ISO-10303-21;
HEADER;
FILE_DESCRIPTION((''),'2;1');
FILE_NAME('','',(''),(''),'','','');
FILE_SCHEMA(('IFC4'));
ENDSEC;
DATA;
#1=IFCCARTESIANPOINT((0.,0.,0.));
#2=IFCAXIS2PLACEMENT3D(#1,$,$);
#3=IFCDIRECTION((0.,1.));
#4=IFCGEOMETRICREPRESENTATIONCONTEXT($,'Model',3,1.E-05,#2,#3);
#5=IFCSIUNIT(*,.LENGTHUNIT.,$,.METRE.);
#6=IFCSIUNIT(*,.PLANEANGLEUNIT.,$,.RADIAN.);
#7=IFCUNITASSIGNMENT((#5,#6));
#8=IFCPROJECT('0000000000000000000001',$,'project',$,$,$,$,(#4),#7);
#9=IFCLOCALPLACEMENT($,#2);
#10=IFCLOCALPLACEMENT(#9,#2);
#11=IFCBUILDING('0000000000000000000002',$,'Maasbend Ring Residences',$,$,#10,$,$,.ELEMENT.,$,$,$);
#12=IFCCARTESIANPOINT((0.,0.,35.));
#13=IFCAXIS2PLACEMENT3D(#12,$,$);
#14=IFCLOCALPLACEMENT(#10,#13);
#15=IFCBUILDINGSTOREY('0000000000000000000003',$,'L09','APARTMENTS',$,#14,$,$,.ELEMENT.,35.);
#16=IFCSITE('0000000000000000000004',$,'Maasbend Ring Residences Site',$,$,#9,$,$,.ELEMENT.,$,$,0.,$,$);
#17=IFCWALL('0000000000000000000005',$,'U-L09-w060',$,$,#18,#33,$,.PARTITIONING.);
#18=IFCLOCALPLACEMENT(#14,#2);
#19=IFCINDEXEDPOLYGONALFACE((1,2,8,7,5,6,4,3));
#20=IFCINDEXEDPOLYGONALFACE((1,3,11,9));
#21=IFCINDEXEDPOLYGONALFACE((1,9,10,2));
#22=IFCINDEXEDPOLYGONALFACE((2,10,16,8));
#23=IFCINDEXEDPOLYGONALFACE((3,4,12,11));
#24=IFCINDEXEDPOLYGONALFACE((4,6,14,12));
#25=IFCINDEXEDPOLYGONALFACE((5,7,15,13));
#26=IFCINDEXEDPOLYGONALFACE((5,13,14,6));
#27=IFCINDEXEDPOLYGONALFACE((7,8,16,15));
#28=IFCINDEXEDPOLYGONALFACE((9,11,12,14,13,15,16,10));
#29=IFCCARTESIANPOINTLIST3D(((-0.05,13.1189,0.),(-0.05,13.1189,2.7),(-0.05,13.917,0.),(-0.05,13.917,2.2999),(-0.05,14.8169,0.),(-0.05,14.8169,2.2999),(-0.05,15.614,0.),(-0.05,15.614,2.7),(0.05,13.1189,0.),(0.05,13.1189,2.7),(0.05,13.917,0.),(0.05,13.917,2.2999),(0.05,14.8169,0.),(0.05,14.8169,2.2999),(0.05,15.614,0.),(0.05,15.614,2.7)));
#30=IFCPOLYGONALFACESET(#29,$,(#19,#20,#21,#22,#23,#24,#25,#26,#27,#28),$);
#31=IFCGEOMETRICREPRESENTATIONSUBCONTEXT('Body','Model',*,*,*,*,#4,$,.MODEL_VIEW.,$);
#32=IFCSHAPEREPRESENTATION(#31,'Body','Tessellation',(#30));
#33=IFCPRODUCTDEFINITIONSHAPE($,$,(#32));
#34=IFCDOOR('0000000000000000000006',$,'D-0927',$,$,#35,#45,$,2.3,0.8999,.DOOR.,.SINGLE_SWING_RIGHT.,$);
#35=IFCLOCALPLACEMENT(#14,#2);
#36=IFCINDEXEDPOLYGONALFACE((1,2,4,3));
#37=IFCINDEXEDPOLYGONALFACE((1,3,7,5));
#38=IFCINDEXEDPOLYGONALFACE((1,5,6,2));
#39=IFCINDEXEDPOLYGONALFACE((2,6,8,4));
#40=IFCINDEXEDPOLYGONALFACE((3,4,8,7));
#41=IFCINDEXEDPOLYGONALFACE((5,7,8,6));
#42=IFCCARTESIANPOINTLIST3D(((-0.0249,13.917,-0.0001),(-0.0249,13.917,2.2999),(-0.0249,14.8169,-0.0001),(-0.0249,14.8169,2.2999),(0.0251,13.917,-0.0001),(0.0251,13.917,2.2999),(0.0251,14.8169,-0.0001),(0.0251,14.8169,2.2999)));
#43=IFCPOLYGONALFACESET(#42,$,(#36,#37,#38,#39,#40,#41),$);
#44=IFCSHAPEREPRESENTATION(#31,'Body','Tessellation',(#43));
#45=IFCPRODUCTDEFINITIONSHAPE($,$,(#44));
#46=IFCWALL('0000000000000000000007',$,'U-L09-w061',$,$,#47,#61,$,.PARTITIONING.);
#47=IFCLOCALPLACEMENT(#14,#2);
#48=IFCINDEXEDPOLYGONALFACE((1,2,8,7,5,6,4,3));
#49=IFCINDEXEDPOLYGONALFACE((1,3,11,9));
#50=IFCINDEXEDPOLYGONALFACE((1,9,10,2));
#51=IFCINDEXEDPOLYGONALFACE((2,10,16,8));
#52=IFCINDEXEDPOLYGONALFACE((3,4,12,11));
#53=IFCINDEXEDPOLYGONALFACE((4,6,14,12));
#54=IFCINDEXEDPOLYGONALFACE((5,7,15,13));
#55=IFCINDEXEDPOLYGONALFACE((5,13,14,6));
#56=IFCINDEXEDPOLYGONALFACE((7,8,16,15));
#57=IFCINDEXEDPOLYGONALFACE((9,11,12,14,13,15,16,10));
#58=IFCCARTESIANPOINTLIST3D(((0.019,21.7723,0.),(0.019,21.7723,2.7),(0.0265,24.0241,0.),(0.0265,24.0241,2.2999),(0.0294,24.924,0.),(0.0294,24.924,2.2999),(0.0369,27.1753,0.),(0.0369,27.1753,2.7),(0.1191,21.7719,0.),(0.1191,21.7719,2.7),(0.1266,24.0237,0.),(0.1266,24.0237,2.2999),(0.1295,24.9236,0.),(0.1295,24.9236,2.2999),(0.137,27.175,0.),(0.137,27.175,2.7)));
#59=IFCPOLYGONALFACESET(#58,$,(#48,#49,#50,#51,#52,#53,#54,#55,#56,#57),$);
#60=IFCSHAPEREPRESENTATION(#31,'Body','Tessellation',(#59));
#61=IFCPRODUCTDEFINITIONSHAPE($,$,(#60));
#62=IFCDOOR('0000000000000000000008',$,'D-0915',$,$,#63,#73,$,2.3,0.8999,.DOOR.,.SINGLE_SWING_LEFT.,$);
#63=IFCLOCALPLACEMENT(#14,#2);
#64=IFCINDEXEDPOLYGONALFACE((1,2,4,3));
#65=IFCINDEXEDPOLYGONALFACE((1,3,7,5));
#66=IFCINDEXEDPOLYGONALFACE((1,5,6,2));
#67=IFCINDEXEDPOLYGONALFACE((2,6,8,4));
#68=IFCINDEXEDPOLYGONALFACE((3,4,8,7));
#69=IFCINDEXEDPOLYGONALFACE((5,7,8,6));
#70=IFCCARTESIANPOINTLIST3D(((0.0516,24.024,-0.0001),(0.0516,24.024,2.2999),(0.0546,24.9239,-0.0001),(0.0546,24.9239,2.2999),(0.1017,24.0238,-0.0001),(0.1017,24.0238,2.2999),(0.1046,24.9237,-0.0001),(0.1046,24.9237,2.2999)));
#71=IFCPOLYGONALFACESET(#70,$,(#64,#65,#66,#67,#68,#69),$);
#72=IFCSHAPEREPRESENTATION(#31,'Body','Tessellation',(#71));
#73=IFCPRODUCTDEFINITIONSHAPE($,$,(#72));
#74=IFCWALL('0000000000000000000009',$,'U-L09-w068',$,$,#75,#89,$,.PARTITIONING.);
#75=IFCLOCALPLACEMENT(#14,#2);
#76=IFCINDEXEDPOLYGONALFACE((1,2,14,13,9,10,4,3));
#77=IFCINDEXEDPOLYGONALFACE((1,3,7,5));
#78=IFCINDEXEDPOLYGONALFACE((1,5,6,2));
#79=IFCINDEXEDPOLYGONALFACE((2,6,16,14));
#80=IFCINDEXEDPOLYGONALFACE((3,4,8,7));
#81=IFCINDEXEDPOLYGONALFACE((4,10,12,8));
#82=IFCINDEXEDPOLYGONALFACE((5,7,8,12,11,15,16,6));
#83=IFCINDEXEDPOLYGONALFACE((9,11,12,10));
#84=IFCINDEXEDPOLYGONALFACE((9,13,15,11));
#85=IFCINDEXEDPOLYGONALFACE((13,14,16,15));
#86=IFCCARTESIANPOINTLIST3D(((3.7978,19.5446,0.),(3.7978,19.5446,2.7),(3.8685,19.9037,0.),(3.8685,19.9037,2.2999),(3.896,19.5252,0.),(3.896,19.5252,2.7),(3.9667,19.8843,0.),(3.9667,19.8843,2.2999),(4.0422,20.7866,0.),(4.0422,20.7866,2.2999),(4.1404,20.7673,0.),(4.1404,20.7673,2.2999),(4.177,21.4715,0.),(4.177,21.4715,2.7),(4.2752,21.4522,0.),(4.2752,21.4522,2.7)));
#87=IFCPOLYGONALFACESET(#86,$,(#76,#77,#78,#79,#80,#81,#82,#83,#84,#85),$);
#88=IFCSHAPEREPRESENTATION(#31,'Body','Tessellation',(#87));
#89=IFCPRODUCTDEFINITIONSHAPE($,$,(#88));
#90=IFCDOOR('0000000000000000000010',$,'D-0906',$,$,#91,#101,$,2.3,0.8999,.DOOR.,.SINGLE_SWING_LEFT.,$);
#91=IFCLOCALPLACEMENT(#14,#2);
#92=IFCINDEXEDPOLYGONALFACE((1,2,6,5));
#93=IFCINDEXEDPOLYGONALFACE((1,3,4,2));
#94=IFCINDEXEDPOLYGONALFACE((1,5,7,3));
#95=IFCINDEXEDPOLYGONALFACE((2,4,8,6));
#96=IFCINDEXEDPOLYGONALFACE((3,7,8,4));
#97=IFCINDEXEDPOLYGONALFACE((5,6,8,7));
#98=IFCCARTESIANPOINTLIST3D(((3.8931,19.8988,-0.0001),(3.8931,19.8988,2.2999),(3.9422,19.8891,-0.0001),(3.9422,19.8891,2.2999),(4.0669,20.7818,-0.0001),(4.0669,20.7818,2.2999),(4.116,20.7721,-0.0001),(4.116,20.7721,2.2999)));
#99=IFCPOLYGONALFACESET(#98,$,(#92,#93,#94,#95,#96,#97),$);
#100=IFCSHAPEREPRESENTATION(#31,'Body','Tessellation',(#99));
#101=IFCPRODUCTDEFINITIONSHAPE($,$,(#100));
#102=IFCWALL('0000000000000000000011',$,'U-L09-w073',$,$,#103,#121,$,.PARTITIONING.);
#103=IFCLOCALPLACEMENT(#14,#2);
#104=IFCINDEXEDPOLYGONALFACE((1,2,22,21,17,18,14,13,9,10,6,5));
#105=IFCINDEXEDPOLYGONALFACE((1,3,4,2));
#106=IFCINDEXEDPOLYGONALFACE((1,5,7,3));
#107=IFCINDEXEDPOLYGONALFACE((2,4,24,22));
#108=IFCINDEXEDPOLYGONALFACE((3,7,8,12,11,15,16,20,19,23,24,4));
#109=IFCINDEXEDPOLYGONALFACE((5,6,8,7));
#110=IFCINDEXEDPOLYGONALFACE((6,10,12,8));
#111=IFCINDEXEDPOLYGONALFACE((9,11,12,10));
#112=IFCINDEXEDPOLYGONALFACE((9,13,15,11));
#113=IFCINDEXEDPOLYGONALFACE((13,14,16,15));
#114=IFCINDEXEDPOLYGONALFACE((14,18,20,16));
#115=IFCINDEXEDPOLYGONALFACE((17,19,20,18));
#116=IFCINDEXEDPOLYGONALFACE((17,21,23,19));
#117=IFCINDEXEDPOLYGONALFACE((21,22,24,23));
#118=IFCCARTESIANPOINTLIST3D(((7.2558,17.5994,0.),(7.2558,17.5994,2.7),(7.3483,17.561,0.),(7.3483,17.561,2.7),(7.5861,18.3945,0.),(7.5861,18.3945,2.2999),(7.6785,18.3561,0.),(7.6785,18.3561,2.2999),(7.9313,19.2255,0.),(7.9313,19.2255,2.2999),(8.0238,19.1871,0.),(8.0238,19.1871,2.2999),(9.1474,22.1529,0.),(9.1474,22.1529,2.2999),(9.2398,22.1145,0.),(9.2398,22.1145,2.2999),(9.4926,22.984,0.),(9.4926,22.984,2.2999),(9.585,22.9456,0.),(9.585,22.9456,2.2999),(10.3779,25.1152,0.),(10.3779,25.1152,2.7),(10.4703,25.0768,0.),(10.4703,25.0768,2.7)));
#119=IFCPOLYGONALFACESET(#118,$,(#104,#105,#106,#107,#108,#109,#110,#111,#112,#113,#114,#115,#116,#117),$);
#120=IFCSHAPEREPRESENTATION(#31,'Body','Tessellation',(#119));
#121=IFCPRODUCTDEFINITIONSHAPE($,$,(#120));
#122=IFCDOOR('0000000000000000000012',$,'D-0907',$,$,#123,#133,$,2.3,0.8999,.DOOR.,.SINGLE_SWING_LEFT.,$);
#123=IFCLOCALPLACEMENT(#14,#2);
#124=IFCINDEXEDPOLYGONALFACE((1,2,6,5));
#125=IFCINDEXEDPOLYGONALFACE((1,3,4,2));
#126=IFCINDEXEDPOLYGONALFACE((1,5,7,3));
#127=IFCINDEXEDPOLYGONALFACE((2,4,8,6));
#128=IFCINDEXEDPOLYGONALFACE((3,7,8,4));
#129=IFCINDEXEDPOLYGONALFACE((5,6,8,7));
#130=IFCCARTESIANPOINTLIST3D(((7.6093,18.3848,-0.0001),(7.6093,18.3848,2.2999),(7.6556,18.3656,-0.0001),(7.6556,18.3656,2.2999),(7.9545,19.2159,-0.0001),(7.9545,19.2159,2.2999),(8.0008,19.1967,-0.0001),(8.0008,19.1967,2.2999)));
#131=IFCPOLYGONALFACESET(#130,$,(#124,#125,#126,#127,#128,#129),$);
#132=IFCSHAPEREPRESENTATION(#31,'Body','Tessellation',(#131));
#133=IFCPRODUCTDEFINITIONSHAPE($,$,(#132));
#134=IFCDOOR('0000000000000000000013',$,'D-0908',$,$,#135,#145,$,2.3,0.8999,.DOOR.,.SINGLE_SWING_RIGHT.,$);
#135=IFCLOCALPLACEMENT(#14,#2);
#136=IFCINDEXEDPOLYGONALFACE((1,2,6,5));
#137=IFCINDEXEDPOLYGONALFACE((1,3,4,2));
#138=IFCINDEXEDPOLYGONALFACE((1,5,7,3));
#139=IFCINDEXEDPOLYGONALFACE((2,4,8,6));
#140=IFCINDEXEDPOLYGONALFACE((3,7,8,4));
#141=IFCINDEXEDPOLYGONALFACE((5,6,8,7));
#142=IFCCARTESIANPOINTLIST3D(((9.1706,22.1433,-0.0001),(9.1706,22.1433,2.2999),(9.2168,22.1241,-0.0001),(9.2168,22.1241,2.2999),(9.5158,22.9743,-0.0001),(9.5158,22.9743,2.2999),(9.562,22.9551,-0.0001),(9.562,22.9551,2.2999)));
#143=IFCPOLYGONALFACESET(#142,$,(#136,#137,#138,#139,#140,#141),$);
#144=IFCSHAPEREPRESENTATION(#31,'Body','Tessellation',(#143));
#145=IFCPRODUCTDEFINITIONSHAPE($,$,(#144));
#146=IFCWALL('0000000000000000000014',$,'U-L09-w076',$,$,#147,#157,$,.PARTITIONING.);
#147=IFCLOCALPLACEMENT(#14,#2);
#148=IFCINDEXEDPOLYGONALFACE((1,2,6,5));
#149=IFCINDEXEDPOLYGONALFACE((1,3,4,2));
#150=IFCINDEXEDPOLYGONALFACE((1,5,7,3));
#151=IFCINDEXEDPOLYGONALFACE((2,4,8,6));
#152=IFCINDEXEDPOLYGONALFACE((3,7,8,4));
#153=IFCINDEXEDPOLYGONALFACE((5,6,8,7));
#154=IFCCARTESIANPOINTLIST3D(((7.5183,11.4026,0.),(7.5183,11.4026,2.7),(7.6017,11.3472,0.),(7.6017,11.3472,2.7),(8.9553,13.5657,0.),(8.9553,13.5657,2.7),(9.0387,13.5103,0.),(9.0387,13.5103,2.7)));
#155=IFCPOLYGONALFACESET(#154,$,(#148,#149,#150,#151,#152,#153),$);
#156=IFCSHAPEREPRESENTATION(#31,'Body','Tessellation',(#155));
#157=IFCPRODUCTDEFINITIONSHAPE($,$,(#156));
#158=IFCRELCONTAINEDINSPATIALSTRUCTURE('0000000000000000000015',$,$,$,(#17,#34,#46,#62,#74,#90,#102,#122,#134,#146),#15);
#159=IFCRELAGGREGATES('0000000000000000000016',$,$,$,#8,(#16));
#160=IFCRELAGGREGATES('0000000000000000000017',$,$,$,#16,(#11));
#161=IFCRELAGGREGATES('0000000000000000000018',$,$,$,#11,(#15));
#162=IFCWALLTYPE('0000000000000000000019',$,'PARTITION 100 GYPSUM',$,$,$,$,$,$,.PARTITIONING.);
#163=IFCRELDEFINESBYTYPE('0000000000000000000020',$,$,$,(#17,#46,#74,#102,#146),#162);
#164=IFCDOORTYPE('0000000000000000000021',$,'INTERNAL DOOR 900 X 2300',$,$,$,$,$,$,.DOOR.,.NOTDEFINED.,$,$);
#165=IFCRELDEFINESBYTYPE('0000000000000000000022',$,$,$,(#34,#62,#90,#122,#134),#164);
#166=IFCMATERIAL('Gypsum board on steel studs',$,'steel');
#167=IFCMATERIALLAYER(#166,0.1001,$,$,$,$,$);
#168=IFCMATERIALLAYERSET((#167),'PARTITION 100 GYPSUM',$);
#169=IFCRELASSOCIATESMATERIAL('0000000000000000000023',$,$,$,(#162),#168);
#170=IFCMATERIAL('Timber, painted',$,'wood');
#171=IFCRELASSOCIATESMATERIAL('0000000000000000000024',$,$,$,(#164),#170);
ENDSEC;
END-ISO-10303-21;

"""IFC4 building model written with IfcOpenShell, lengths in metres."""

from ifc_helpers import new_model, si_unit, direction, frame, frame_2d, origin, place, context, subcontext, project, spatial, rectangle, extrude, material, layer, layer_set, type_object, element, fill, save


model = new_model("IFC4")

# Units and contexts
model_context = context("Model", 3, precision=1e-05, world=origin(), true_north=direction((0.0, 1.0)))
body_context = subcontext(model_context, "Body", "Model", "MODEL_VIEW")
ifc_project = project(units=[si_unit("LENGTHUNIT", "METRE"), si_unit("PLANEANGLEUNIT", "RADIAN")], contexts=[model_context])

# Site, building, storey
site_placement = place(None, origin())
site = spatial("IfcSite", under=ifc_project, at=site_placement, Name="Maasbend Ring Residences Site", CompositionType="ELEMENT", RefElevation=0.0)
building_placement = place(site_placement, origin())
building = spatial("IfcBuilding", under=site, at=building_placement, Name="Maasbend Ring Residences", CompositionType="ELEMENT")
storey_placement = place(building_placement, frame((0.0, 0.0, 35.0)))
storey = spatial("IfcBuildingStorey", under=building, at=storey_placement, Name="L09", Description="APARTMENTS", CompositionType="ELEMENT", Elevation=35.0)

# Walls, openings, doors
ifc_material_1 = material(Name="Gypsum board on steel studs", Category="steel")
ifc_layer_1 = layer(ifc_material_1, 0.1001)
ifc_layer_set_1 = layer_set([ifc_layer_1], Name="PARTITION 100 GYPSUM")
wall_type_1 = type_object("IfcWallType", Name="PARTITION 100 GYPSUM", PredefinedType="PARTITIONING", material=ifc_layer_set_1)
wall_1_placement = place(storey_placement, frame((0.0, 13.1189, 0.0), z_axis=(0.0, 0.0, 1.0), x_axis=(0.0, 1.0, 0.0)))
wall_1 = element("IfcWall", 1, at=wall_1_placement, inside=storey, type_object=wall_type_1, Name="U-L09-w060", PredefinedType="PARTITIONING", context=body_context, shape_type="SweptSolid", body=[
    extrude(rectangle(XDim=2.4951, YDim=0.1001, at=frame_2d((1.2476, 0.0))), origin(), (0.0, 0.0, 1.0), 2.7),
])
opening_1_placement = place(wall_1_placement, frame((0.7981, 0.0, 0.0)))
opening_1 = element("IfcOpeningElement", 2, at=opening_1_placement, cuts=wall_1, PredefinedType="OPENING", context=body_context, shape_type="SweptSolid", body=[
    extrude(rectangle(XDim=0.8999, YDim=2.3, at=frame_2d((0.45, 1.1499))), frame((0.0, 0.0601, 0.0), z_axis=(0.0, -1.0, 0.0), x_axis=(1.0, 0.0, 0.0)), (0.0, 0.0, 1.0), 0.1201),
])
ifc_material_2 = material(Name="Timber, painted", Category="wood")
door_type_1 = type_object("IfcDoorType", Name="INTERNAL DOOR 900 X 2300", OperationType="NOTDEFINED", PredefinedType="DOOR", material=ifc_material_2)
door_1_placement = place(opening_1_placement, origin())
door_1 = element("IfcDoor", 3, at=door_1_placement, inside=storey, type_object=door_type_1, Name="D-0927", OperationType="SINGLE_SWING_RIGHT", OverallHeight=2.3, OverallWidth=0.8999, PredefinedType="DOOR", context=body_context, shape_type="SweptSolid", body=[
    extrude(rectangle(XDim=0.8999, YDim=2.3, at=frame_2d((0.45, 1.1499))), frame((0.0, 0.0249, 0.0), z_axis=(0.0, -1.0, 0.0), x_axis=(1.0, 0.0, 0.0)), (0.0, 0.0, 1.0), 0.05),
])
fill(opening_1, door_1)
wall_2_placement = place(storey_placement, frame((0.0691, 21.772, 0.0), z_axis=(0.0, 0.0, 1.0), x_axis=(0.003299, 0.999995, 0.0)))
wall_2 = element("IfcWall", 4, at=wall_2_placement, inside=storey, type_object=wall_type_1, Name="U-L09-w061", PredefinedType="PARTITIONING", context=body_context, shape_type="SweptSolid", body=[
    extrude(rectangle(XDim=5.4031, YDim=0.1001, at=frame_2d((2.7017, 0.0))), origin(), (0.0, 0.0, 1.0), 2.7),
])
opening_2_placement = place(wall_2_placement, frame((2.252, 0.0, 0.0)))
opening_2 = element("IfcOpeningElement", 5, at=opening_2_placement, cuts=wall_2, PredefinedType="OPENING", context=body_context, shape_type="SweptSolid", body=[
    extrude(rectangle(XDim=0.8999, YDim=2.3, at=frame_2d((0.45, 1.1499))), frame((0.0, 0.0601, 0.0), z_axis=(0.0, -1.0, 0.0), x_axis=(1.0, 0.0, 0.0)), (0.0, 0.0, 1.0), 0.1201),
])
door_2_placement = place(opening_2_placement, origin())
door_2 = element("IfcDoor", 6, at=door_2_placement, inside=storey, type_object=door_type_1, Name="D-0915", OperationType="SINGLE_SWING_LEFT", OverallHeight=2.3, OverallWidth=0.8999, PredefinedType="DOOR", context=body_context, shape_type="SweptSolid", body=[
    extrude(rectangle(XDim=0.8999, YDim=2.3, at=frame_2d((0.45, 1.1499))), frame((0.0, 0.0249, 0.0), z_axis=(0.0, -1.0, 0.0), x_axis=(1.0, 0.0, 0.0)), (0.0, 0.0, 1.0), 0.05),
])
fill(opening_2, door_2)
wall_3_placement = place(storey_placement, frame((3.8469, 19.5349, 0.0), z_axis=(0.0, 0.0, 1.0), x_axis=(0.193055, 0.981188, 0.0)))
wall_3 = element("IfcWall", 7, at=wall_3_placement, inside=storey, type_object=wall_type_1, Name="U-L09-w068", PredefinedType="PARTITIONING", context=body_context, shape_type="SweptSolid", body=[
    extrude(rectangle(XDim=1.9639, YDim=0.1001, at=frame_2d((0.9819, 0.0))), origin(), (0.0, 0.0, 1.0), 2.7),
])
opening_3_placement = place(wall_3_placement, frame((0.366, 0.0, 0.0)))
opening_3 = element("IfcOpeningElement", 8, at=opening_3_placement, cuts=wall_3, PredefinedType="OPENING", context=body_context, shape_type="SweptSolid", body=[
    extrude(rectangle(XDim=0.8999, YDim=2.3, at=frame_2d((0.45, 1.1499))), frame((0.0, 0.0601, 0.0), z_axis=(0.0, -1.0, 0.0), x_axis=(1.0, 0.0, 0.0)), (0.0, 0.0, 1.0), 0.1201),
])
door_3_placement = place(opening_3_placement, origin())
door_3 = element("IfcDoor", 9, at=door_3_placement, inside=storey, type_object=door_type_1, Name="D-0906", OperationType="SINGLE_SWING_LEFT", OverallHeight=2.3, OverallWidth=0.8999, PredefinedType="DOOR", context=body_context, shape_type="SweptSolid", body=[
    extrude(rectangle(XDim=0.8999, YDim=2.3, at=frame_2d((0.45, 1.1499))), frame((0.0, 0.0249, 0.0), z_axis=(0.0, -1.0, 0.0), x_axis=(1.0, 0.0, 0.0)), (0.0, 0.0, 1.0), 0.05),
])
fill(opening_3, door_3)

# Wall, openings, doors
wall_4_placement = place(storey_placement, frame((7.302, 17.5801, 0.0), z_axis=(0.0, 0.0, 1.0), x_axis=(0.383616, 0.923493, 0.0)))
wall_4 = element("IfcWall", 10, at=wall_4_placement, inside=storey, type_object=wall_type_1, Name="U-L09-w073", PredefinedType="PARTITIONING", context=body_context, shape_type="SweptSolid", body=[
    extrude(rectangle(XDim=8.1384, YDim=0.1001, at=frame_2d((4.0693, 0.0))), origin(), (0.0, 0.0, 1.0), 2.7),
])
opening_4_placement = place(wall_4_placement, frame((0.8611, 0.0, 0.0)))
opening_4 = element("IfcOpeningElement", 11, at=opening_4_placement, cuts=wall_4, PredefinedType="OPENING", context=body_context, shape_type="SweptSolid", body=[
    extrude(rectangle(XDim=0.8999, YDim=2.3, at=frame_2d((0.45, 1.1499))), frame((0.0, 0.0601, 0.0), z_axis=(0.0, -1.0, 0.0), x_axis=(1.0, 0.0, 0.0)), (0.0, 0.0, 1.0), 0.1201),
])
opening_5_placement = place(wall_4_placement, frame((4.9309, 0.0, 0.0)))
opening_5 = element("IfcOpeningElement", 12, at=opening_5_placement, cuts=wall_4, PredefinedType="OPENING", context=body_context, shape_type="SweptSolid", body=[
    extrude(rectangle(XDim=0.8999, YDim=2.3, at=frame_2d((0.45, 1.1499))), frame((0.0, 0.0601, 0.0), z_axis=(0.0, -1.0, 0.0), x_axis=(1.0, 0.0, 0.0)), (0.0, 0.0, 1.0), 0.1201),
])
door_4_placement = place(opening_4_placement, origin())
door_4 = element("IfcDoor", 13, at=door_4_placement, inside=storey, type_object=door_type_1, Name="D-0907", OperationType="SINGLE_SWING_LEFT", OverallHeight=2.3, OverallWidth=0.8999, PredefinedType="DOOR", context=body_context, shape_type="SweptSolid", body=[
    extrude(rectangle(XDim=0.8999, YDim=2.3, at=frame_2d((0.45, 1.1499))), frame((0.0, 0.0249, 0.0), z_axis=(0.0, -1.0, 0.0), x_axis=(1.0, 0.0, 0.0)), (0.0, 0.0, 1.0), 0.05),
])
fill(opening_4, door_4)
door_5_placement = place(opening_5_placement, origin())
door_5 = element("IfcDoor", 14, at=door_5_placement, inside=storey, type_object=door_type_1, Name="D-0908", OperationType="SINGLE_SWING_RIGHT", OverallHeight=2.3, OverallWidth=0.8999, PredefinedType="DOOR", context=body_context, shape_type="SweptSolid", body=[
    extrude(rectangle(XDim=0.8999, YDim=2.3, at=frame_2d((0.45, 1.1499))), frame((0.0, 0.0249, 0.0), z_axis=(0.0, -1.0, 0.0), x_axis=(1.0, 0.0, 0.0)), (0.0, 0.0, 1.0), 0.05),
])
fill(opening_5, door_5)

# Wall
wall_5_placement = place(storey_placement, frame((7.5601, 11.375, 0.0), z_axis=(0.0, 0.0, 1.0), x_axis=(0.553354, 0.832946, 0.0)))
element("IfcWall", 15, at=wall_5_placement, inside=storey, type_object=wall_type_1, Name="U-L09-w076", PredefinedType="PARTITIONING", context=body_context, shape_type="SweptSolid", body=[
    extrude(rectangle(XDim=2.5969, YDim=0.1001, at=frame_2d((1.2983, 0.0))), origin(), (0.0, 0.0, 1.0), 2.7),
])

save(model, "model.ifc")
